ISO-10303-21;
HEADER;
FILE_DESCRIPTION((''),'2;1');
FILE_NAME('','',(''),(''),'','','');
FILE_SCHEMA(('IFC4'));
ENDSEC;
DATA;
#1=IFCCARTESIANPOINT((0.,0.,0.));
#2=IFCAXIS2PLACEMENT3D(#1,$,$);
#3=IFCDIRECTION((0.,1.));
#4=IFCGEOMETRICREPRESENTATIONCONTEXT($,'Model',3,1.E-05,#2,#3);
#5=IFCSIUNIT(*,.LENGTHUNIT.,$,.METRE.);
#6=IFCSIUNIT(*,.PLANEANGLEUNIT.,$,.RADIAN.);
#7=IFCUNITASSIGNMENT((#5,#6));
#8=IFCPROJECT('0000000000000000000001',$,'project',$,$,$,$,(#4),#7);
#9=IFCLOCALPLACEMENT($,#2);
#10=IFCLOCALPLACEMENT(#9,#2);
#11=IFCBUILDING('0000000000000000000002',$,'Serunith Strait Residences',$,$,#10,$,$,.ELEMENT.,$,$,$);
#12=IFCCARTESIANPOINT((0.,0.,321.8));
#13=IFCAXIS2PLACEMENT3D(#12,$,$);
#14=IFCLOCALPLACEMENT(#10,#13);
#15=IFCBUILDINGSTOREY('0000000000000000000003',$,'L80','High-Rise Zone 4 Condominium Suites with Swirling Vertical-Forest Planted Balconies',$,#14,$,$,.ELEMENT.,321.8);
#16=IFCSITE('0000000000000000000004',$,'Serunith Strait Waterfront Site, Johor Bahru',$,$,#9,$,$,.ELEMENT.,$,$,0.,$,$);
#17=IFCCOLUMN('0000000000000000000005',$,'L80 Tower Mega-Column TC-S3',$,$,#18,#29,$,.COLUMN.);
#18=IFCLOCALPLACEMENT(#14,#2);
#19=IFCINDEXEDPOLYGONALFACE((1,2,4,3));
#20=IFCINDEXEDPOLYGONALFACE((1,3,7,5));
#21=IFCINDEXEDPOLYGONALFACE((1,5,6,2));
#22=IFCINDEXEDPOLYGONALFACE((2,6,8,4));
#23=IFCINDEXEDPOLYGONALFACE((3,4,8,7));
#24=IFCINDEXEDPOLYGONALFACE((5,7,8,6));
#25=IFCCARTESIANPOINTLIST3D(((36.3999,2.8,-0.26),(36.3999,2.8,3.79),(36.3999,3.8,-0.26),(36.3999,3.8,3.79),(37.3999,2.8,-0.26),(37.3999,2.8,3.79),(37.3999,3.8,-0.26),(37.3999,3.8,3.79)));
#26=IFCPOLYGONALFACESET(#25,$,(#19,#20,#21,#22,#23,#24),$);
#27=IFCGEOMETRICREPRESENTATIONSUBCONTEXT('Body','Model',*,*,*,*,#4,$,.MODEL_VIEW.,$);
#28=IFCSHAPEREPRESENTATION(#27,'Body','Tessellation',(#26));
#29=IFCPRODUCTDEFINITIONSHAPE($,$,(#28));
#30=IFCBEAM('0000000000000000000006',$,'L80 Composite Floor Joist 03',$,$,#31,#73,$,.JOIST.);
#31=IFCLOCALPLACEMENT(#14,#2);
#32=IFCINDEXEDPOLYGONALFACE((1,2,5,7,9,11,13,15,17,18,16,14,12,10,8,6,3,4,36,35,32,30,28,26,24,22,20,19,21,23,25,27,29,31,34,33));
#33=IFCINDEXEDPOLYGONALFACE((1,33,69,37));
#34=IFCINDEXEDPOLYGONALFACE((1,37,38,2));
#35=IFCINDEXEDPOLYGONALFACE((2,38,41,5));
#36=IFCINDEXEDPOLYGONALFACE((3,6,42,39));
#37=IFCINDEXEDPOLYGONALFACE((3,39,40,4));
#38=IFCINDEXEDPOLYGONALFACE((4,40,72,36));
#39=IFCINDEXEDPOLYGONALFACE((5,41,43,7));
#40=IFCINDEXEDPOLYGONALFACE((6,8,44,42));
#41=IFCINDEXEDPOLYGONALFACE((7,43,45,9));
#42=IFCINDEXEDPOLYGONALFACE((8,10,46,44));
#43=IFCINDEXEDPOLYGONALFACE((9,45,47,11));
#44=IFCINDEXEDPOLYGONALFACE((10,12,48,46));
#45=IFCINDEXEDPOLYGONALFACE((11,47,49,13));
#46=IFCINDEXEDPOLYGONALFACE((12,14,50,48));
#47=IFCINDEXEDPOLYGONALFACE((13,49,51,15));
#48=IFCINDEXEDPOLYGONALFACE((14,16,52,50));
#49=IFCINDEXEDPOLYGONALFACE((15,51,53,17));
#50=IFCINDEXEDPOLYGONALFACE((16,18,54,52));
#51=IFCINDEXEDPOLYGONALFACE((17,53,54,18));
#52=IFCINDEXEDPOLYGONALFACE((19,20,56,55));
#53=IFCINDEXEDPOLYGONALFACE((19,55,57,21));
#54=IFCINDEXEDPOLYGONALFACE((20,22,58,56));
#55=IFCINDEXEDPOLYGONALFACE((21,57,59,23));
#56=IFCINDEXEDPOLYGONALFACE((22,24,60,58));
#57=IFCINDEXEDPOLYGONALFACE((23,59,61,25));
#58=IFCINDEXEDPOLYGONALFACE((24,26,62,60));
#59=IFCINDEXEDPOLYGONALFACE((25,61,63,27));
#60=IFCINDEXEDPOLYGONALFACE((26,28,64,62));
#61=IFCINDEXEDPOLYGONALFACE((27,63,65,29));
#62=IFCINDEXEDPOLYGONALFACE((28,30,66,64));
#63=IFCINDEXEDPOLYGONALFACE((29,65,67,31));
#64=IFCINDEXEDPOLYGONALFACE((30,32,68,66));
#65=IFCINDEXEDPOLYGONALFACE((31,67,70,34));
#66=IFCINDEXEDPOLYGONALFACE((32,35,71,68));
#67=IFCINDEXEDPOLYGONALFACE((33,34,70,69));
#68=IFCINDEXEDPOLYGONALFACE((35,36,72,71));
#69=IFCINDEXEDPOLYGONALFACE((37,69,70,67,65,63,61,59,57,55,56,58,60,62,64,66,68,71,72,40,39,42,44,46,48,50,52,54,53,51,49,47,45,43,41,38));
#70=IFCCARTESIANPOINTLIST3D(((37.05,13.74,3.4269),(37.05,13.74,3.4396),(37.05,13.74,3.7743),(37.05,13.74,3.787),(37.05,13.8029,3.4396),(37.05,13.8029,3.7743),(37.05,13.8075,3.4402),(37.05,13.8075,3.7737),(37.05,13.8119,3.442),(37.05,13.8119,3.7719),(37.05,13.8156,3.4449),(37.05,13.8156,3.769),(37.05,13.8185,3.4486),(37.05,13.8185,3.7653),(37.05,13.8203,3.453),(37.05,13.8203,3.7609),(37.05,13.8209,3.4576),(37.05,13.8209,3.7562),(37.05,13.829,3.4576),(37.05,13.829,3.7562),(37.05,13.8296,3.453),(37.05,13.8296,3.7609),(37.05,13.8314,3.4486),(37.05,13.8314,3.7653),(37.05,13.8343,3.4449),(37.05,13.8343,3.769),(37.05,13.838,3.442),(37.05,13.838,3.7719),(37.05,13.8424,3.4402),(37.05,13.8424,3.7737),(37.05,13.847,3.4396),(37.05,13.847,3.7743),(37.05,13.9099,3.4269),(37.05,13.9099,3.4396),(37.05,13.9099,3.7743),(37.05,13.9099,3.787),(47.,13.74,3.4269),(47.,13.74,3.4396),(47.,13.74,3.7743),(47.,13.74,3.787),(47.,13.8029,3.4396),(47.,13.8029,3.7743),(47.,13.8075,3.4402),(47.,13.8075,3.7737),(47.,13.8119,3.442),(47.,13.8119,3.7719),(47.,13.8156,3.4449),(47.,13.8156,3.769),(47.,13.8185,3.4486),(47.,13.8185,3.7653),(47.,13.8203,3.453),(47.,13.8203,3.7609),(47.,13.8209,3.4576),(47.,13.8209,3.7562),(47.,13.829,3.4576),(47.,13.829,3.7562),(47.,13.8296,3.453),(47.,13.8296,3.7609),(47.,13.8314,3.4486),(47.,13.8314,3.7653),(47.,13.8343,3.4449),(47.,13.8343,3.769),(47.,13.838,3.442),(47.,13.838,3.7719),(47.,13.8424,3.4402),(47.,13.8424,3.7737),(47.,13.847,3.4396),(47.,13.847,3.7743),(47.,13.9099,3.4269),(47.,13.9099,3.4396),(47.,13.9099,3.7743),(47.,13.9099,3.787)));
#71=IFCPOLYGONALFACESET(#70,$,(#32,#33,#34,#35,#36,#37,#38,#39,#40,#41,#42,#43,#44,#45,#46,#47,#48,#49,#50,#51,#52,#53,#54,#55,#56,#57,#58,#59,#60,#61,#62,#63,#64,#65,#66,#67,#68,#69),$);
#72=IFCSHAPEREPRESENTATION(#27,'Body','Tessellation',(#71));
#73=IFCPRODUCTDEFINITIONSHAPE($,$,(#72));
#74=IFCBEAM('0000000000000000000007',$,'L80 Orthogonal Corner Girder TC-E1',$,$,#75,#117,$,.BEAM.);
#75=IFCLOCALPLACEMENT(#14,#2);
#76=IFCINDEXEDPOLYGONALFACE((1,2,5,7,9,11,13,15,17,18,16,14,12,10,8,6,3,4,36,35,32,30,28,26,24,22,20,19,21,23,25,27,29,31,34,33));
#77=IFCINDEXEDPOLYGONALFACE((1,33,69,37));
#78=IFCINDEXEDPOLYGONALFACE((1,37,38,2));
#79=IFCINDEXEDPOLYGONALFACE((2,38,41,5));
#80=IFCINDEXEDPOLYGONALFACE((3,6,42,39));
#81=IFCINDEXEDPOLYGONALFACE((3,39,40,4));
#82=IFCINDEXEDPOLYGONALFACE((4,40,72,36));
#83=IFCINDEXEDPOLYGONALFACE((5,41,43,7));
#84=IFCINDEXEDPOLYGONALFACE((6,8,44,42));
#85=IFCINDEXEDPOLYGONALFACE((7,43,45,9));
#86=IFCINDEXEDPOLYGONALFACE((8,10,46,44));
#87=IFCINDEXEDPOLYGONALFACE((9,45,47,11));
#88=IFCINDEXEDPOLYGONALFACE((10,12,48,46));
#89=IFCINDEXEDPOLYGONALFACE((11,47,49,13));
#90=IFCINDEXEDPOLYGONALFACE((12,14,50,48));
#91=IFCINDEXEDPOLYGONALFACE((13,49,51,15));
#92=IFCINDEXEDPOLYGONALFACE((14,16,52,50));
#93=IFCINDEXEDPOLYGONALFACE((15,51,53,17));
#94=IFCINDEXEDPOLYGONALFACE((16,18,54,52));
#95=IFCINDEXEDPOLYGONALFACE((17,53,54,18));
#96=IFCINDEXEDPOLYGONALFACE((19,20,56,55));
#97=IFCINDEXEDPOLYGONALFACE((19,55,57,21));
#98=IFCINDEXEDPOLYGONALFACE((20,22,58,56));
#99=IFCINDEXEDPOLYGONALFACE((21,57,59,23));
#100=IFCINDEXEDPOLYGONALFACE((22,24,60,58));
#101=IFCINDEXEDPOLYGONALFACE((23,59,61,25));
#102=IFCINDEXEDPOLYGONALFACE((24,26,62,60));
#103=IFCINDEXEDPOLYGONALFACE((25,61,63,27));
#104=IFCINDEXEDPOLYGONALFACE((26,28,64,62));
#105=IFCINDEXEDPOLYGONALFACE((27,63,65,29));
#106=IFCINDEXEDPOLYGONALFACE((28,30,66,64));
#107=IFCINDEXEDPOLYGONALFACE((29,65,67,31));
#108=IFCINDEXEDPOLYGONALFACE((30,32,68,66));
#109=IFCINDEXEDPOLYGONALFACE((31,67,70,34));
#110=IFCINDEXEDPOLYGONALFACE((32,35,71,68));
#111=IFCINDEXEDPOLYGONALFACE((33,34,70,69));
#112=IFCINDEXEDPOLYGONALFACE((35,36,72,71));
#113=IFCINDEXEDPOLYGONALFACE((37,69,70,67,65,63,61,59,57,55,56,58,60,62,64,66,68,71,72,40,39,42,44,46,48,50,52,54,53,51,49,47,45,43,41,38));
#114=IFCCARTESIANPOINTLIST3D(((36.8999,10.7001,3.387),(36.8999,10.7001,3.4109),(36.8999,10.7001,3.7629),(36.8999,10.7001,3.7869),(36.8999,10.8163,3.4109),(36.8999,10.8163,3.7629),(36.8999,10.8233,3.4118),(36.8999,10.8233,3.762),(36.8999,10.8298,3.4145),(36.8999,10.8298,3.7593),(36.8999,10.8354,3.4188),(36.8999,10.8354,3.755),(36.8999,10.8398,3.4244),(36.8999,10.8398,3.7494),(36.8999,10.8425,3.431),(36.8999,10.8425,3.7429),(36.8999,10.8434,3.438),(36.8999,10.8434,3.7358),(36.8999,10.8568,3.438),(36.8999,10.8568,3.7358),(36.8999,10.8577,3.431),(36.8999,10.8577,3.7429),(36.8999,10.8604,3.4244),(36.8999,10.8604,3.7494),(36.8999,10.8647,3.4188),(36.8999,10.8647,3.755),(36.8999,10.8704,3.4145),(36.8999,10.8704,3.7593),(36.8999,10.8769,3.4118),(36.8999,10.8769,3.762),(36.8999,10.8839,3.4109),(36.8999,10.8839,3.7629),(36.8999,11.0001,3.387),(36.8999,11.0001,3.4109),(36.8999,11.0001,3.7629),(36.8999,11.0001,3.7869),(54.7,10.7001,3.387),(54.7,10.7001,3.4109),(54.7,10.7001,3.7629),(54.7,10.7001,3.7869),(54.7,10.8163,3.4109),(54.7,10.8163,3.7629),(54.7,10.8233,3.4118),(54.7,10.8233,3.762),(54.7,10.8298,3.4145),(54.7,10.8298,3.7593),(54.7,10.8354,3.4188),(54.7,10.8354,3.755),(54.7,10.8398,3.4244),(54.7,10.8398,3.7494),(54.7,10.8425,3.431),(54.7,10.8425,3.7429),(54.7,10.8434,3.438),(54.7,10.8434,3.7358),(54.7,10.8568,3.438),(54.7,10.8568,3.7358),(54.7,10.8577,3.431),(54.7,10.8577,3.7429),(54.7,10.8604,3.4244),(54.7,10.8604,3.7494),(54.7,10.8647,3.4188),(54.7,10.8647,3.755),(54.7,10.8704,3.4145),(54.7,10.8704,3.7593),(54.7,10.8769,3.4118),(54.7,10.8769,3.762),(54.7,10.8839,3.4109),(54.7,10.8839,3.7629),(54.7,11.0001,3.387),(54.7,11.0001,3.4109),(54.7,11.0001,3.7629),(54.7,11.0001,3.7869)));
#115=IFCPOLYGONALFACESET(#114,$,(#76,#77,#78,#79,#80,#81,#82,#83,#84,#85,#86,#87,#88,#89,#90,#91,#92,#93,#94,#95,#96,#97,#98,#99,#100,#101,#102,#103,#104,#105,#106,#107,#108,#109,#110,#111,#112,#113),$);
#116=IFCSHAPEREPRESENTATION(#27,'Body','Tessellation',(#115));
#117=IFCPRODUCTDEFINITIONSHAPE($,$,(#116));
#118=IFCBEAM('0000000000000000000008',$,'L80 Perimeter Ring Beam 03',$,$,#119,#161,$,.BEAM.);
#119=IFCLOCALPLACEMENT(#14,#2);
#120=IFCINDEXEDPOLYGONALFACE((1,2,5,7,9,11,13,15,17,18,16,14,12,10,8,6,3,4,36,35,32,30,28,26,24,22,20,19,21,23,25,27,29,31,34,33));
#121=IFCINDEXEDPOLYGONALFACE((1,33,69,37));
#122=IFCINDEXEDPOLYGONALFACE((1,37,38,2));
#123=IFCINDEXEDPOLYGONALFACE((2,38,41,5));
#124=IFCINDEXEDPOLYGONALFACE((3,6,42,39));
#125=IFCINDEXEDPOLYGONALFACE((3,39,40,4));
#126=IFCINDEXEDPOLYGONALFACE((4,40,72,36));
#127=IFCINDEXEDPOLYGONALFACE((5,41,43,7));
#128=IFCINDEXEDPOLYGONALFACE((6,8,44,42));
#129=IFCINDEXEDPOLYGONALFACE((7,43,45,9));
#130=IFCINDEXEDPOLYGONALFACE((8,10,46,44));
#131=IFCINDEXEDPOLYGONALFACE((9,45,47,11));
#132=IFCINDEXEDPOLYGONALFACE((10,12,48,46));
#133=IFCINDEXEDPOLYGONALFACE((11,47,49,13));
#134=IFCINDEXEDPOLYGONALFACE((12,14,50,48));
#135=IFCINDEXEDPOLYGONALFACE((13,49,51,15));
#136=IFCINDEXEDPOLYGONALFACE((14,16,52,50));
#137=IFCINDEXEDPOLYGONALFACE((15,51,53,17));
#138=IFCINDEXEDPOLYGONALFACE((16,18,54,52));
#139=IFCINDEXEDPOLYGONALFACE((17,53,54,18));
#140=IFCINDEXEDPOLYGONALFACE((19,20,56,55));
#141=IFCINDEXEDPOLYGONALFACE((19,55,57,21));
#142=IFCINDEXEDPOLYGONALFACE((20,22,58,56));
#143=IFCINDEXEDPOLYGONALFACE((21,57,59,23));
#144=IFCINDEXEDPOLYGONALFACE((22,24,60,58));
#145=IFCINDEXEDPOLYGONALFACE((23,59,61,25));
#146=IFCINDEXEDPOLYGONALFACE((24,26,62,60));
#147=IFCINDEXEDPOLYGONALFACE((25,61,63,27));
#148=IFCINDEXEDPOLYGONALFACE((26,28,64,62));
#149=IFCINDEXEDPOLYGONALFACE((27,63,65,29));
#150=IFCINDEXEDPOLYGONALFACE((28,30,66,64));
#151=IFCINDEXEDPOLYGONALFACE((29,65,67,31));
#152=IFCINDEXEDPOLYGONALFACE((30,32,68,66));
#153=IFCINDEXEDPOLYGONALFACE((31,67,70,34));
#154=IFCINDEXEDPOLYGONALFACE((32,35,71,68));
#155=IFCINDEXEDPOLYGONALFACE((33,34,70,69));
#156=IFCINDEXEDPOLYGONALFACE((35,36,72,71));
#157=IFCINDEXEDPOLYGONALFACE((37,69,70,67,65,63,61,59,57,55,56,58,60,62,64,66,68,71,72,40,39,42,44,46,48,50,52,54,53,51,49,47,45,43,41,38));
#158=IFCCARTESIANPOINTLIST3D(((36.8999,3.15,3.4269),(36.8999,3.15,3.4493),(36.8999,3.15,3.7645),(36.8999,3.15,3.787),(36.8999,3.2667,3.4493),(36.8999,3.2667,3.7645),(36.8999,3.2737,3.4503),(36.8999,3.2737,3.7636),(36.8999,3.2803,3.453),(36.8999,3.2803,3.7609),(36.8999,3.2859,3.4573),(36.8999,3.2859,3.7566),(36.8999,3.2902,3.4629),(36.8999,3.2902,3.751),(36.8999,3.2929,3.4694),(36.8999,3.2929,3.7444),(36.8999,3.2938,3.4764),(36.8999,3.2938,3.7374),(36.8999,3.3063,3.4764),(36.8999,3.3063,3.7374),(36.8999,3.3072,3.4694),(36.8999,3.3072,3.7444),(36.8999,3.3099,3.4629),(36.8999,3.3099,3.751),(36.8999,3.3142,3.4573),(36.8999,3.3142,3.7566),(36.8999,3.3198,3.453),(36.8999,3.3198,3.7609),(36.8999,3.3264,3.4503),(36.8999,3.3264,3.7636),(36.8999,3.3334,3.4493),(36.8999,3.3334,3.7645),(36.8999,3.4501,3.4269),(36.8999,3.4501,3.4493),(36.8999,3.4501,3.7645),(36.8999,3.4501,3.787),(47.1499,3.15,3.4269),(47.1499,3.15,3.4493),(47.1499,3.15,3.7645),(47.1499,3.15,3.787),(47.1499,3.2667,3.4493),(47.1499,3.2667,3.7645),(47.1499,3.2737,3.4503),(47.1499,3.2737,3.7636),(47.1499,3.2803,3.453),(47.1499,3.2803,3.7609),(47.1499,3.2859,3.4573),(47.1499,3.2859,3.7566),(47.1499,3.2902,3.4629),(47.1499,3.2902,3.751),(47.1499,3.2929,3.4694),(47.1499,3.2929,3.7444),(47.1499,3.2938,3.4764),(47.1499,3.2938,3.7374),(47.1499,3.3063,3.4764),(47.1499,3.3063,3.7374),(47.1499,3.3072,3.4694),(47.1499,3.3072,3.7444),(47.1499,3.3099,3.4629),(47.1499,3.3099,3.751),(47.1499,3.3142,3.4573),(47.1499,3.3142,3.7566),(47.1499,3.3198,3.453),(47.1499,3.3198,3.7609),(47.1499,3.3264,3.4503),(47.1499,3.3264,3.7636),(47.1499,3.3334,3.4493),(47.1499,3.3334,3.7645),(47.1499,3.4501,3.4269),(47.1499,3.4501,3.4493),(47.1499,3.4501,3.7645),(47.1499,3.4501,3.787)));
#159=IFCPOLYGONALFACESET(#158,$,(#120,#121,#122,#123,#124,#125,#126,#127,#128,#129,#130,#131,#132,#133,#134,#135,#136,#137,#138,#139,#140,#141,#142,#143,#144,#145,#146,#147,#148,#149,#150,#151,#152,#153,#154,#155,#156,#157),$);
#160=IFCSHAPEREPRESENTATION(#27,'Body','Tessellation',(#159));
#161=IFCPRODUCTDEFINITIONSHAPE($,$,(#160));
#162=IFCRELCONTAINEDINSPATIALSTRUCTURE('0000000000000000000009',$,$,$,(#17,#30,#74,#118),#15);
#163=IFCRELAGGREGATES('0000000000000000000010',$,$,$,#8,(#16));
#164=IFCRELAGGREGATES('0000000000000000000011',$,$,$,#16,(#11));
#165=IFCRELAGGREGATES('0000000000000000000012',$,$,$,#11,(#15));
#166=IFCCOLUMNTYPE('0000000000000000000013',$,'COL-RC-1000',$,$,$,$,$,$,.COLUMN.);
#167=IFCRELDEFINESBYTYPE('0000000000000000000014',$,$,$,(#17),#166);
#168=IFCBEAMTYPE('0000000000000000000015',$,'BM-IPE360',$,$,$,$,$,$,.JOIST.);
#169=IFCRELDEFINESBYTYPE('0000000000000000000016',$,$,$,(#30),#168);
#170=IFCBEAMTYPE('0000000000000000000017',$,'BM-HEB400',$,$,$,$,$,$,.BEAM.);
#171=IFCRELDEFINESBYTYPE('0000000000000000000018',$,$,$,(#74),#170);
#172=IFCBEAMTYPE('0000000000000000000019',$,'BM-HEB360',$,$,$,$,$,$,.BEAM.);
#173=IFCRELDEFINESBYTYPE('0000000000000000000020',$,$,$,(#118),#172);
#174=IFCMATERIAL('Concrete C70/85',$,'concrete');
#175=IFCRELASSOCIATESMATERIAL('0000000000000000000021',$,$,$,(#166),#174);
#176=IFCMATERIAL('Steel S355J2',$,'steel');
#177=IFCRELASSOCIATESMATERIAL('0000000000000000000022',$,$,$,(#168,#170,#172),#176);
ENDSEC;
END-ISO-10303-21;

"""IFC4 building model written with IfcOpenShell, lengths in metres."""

from ifc_helpers import new_model, si_unit, direction, frame, origin, origin_2d, place, context, subcontext, project, spatial, rectangle, i_section, extrude, source, transform, mapped, material, material_profile, profile_set, type_object, element, save


model = new_model("IFC4")

# Units and contexts
model_context = context("Model", 3, precision=1e-05, world=origin(), true_north=direction((0.0, 1.0)))
body_context = subcontext(model_context, "Body", "Model", "MODEL_VIEW")
ifc_project = project(units=[si_unit("LENGTHUNIT", "METRE"), si_unit("PLANEANGLEUNIT", "RADIAN")], contexts=[model_context])

# Site, building, storey
site_placement = place(None, origin())
site = spatial("IfcSite", under=ifc_project, at=site_placement, Name="Serunith Strait Waterfront Site, Johor Bahru", CompositionType="ELEMENT", RefElevation=0.0)
building_placement = place(site_placement, origin())
building = spatial("IfcBuilding", under=site, at=building_placement, Name="Serunith Strait Residences", CompositionType="ELEMENT")
storey_placement = place(building_placement, frame((0.0, 0.0, 321.8)))
storey = spatial("IfcBuildingStorey", under=building, at=storey_placement, Name="L80", Description="High-Rise Zone 4 Condominium Suites with Swirling Vertical-Forest Planted Balconies", CompositionType="ELEMENT", Elevation=321.8)

# Column
ifc_material_1 = material(Name="Concrete C70/85", Category="concrete")
ifc_material_profile_1 = material_profile(ifc_material_1, rectangle(XDim=1.0, YDim=1.0, at=origin_2d()), Name="RC 1000x1000")
ifc_profile_set_1 = profile_set([ifc_material_profile_1], Name="Concrete C70/85")
column_type = type_object("IfcColumnType", Name="COL-RC-1000", PredefinedType="COLUMN", material=ifc_profile_set_1)
shared_shape_1 = source(origin(), body_context, "Body", "SweptSolid", [
    extrude(rectangle(XDim=1.0, YDim=1.0, at=origin_2d()), origin(), (0.0, 0.0, 1.0), 4.05),
])
column_placement = place(storey_placement, frame((36.8999, 3.3, -0.26), z_axis=(0.0, 0.0, 1.0), x_axis=(1.0, 0.0, 0.0)))
element("IfcColumn", 1, at=column_placement, inside=storey, type_object=column_type, Name="L80 Tower Mega-Column TC-S3", PredefinedType="COLUMN", context=body_context, shape_type="MappedRepresentation", body=[
    mapped(shared_shape_1, transform((0.0, 0.0, 0.0), scale=1.0)),
])

# Beams
ifc_material_2 = material(Name="Steel S355J2", Category="steel")
ifc_material_profile_2 = material_profile(ifc_material_2, i_section(OverallWidth=0.1699, OverallDepth=0.3601, WebThickness=0.0081, FlangeThickness=0.0127, FilletRadius=0.0181, at=origin_2d()), Name="IPE 360")
ifc_profile_set_2 = profile_set([ifc_material_profile_2], Name="Steel S355J2")
beam_type_1 = type_object("IfcBeamType", Name="BM-IPE360", PredefinedType="JOIST", material=ifc_profile_set_2)
shared_shape_2 = source(origin(), body_context, "Body", "SweptSolid", [
    extrude(i_section(OverallWidth=0.1699, OverallDepth=0.3601, WebThickness=0.0081, FlangeThickness=0.0127, FilletRadius=0.0181, at=origin_2d()), origin(), (0.0, 0.0, 1.0), 9.95),
])
beam_1_placement = place(storey_placement, frame((37.05, 13.825, 3.6069), z_axis=(1.0, 0.0, 0.0), x_axis=(0.0, 1.0, 0.0)))
element("IfcBeam", 2, at=beam_1_placement, inside=storey, type_object=beam_type_1, Name="L80 Composite Floor Joist 03", PredefinedType="JOIST", context=body_context, shape_type="MappedRepresentation", body=[
    mapped(shared_shape_2, transform((0.0, 0.0, 0.0), scale=1.0)),
])
ifc_material_profile_3 = material_profile(ifc_material_2, i_section(OverallWidth=0.3, OverallDepth=0.3999, WebThickness=0.0134, FlangeThickness=0.0239, FilletRadius=0.0271, at=origin_2d()), Name="HEB 400")
ifc_profile_set_3 = profile_set([ifc_material_profile_3], Name="Steel S355J2")
beam_type_2 = type_object("IfcBeamType", Name="BM-HEB400", PredefinedType="BEAM", material=ifc_profile_set_3)
shared_shape_3 = source(origin(), body_context, "Body", "SweptSolid", [
    extrude(i_section(OverallWidth=0.3, OverallDepth=0.3999, WebThickness=0.0134, FlangeThickness=0.0239, FilletRadius=0.0271, at=origin_2d()), origin(), (0.0, 0.0, 1.0), 17.8),
])
beam_2_placement = place(storey_placement, frame((36.8999, 10.8501, 3.5869), z_axis=(1.0, 0.0, 0.0), x_axis=(0.0, 1.0, 0.0)))
element("IfcBeam", 3, at=beam_2_placement, inside=storey, type_object=beam_type_2, Name="L80 Orthogonal Corner Girder TC-E1", PredefinedType="BEAM", context=body_context, shape_type="MappedRepresentation", body=[
    mapped(shared_shape_3, transform((0.0, 0.0, 0.0), scale=1.0)),
])
ifc_material_profile_4 = material_profile(ifc_material_2, i_section(OverallWidth=0.3, OverallDepth=0.3601, WebThickness=0.0125, FlangeThickness=0.0225, FilletRadius=0.0271, at=origin_2d()), Name="HEB 360")
ifc_profile_set_4 = profile_set([ifc_material_profile_4], Name="Steel S355J2")
beam_type_3 = type_object("IfcBeamType", Name="BM-HEB360", PredefinedType="BEAM", material=ifc_profile_set_4)
shared_shape_4 = source(origin(), body_context, "Body", "SweptSolid", [
    extrude(i_section(OverallWidth=0.3, OverallDepth=0.3601, WebThickness=0.0125, FlangeThickness=0.0225, FilletRadius=0.0271, at=origin_2d()), origin(), (0.0, 0.0, 1.0), 10.25),
])
beam_3_placement = place(storey_placement, frame((36.8999, 3.3, 3.6069), z_axis=(1.0, 0.0, 0.0), x_axis=(0.0, 1.0, 0.0)))
element("IfcBeam", 4, at=beam_3_placement, inside=storey, type_object=beam_type_3, Name="L80 Perimeter Ring Beam 03", PredefinedType="BEAM", context=body_context, shape_type="MappedRepresentation", body=[
    mapped(shared_shape_4, transform((0.0, 0.0, 0.0), scale=1.0)),
])

save(model, "model.ifc")
